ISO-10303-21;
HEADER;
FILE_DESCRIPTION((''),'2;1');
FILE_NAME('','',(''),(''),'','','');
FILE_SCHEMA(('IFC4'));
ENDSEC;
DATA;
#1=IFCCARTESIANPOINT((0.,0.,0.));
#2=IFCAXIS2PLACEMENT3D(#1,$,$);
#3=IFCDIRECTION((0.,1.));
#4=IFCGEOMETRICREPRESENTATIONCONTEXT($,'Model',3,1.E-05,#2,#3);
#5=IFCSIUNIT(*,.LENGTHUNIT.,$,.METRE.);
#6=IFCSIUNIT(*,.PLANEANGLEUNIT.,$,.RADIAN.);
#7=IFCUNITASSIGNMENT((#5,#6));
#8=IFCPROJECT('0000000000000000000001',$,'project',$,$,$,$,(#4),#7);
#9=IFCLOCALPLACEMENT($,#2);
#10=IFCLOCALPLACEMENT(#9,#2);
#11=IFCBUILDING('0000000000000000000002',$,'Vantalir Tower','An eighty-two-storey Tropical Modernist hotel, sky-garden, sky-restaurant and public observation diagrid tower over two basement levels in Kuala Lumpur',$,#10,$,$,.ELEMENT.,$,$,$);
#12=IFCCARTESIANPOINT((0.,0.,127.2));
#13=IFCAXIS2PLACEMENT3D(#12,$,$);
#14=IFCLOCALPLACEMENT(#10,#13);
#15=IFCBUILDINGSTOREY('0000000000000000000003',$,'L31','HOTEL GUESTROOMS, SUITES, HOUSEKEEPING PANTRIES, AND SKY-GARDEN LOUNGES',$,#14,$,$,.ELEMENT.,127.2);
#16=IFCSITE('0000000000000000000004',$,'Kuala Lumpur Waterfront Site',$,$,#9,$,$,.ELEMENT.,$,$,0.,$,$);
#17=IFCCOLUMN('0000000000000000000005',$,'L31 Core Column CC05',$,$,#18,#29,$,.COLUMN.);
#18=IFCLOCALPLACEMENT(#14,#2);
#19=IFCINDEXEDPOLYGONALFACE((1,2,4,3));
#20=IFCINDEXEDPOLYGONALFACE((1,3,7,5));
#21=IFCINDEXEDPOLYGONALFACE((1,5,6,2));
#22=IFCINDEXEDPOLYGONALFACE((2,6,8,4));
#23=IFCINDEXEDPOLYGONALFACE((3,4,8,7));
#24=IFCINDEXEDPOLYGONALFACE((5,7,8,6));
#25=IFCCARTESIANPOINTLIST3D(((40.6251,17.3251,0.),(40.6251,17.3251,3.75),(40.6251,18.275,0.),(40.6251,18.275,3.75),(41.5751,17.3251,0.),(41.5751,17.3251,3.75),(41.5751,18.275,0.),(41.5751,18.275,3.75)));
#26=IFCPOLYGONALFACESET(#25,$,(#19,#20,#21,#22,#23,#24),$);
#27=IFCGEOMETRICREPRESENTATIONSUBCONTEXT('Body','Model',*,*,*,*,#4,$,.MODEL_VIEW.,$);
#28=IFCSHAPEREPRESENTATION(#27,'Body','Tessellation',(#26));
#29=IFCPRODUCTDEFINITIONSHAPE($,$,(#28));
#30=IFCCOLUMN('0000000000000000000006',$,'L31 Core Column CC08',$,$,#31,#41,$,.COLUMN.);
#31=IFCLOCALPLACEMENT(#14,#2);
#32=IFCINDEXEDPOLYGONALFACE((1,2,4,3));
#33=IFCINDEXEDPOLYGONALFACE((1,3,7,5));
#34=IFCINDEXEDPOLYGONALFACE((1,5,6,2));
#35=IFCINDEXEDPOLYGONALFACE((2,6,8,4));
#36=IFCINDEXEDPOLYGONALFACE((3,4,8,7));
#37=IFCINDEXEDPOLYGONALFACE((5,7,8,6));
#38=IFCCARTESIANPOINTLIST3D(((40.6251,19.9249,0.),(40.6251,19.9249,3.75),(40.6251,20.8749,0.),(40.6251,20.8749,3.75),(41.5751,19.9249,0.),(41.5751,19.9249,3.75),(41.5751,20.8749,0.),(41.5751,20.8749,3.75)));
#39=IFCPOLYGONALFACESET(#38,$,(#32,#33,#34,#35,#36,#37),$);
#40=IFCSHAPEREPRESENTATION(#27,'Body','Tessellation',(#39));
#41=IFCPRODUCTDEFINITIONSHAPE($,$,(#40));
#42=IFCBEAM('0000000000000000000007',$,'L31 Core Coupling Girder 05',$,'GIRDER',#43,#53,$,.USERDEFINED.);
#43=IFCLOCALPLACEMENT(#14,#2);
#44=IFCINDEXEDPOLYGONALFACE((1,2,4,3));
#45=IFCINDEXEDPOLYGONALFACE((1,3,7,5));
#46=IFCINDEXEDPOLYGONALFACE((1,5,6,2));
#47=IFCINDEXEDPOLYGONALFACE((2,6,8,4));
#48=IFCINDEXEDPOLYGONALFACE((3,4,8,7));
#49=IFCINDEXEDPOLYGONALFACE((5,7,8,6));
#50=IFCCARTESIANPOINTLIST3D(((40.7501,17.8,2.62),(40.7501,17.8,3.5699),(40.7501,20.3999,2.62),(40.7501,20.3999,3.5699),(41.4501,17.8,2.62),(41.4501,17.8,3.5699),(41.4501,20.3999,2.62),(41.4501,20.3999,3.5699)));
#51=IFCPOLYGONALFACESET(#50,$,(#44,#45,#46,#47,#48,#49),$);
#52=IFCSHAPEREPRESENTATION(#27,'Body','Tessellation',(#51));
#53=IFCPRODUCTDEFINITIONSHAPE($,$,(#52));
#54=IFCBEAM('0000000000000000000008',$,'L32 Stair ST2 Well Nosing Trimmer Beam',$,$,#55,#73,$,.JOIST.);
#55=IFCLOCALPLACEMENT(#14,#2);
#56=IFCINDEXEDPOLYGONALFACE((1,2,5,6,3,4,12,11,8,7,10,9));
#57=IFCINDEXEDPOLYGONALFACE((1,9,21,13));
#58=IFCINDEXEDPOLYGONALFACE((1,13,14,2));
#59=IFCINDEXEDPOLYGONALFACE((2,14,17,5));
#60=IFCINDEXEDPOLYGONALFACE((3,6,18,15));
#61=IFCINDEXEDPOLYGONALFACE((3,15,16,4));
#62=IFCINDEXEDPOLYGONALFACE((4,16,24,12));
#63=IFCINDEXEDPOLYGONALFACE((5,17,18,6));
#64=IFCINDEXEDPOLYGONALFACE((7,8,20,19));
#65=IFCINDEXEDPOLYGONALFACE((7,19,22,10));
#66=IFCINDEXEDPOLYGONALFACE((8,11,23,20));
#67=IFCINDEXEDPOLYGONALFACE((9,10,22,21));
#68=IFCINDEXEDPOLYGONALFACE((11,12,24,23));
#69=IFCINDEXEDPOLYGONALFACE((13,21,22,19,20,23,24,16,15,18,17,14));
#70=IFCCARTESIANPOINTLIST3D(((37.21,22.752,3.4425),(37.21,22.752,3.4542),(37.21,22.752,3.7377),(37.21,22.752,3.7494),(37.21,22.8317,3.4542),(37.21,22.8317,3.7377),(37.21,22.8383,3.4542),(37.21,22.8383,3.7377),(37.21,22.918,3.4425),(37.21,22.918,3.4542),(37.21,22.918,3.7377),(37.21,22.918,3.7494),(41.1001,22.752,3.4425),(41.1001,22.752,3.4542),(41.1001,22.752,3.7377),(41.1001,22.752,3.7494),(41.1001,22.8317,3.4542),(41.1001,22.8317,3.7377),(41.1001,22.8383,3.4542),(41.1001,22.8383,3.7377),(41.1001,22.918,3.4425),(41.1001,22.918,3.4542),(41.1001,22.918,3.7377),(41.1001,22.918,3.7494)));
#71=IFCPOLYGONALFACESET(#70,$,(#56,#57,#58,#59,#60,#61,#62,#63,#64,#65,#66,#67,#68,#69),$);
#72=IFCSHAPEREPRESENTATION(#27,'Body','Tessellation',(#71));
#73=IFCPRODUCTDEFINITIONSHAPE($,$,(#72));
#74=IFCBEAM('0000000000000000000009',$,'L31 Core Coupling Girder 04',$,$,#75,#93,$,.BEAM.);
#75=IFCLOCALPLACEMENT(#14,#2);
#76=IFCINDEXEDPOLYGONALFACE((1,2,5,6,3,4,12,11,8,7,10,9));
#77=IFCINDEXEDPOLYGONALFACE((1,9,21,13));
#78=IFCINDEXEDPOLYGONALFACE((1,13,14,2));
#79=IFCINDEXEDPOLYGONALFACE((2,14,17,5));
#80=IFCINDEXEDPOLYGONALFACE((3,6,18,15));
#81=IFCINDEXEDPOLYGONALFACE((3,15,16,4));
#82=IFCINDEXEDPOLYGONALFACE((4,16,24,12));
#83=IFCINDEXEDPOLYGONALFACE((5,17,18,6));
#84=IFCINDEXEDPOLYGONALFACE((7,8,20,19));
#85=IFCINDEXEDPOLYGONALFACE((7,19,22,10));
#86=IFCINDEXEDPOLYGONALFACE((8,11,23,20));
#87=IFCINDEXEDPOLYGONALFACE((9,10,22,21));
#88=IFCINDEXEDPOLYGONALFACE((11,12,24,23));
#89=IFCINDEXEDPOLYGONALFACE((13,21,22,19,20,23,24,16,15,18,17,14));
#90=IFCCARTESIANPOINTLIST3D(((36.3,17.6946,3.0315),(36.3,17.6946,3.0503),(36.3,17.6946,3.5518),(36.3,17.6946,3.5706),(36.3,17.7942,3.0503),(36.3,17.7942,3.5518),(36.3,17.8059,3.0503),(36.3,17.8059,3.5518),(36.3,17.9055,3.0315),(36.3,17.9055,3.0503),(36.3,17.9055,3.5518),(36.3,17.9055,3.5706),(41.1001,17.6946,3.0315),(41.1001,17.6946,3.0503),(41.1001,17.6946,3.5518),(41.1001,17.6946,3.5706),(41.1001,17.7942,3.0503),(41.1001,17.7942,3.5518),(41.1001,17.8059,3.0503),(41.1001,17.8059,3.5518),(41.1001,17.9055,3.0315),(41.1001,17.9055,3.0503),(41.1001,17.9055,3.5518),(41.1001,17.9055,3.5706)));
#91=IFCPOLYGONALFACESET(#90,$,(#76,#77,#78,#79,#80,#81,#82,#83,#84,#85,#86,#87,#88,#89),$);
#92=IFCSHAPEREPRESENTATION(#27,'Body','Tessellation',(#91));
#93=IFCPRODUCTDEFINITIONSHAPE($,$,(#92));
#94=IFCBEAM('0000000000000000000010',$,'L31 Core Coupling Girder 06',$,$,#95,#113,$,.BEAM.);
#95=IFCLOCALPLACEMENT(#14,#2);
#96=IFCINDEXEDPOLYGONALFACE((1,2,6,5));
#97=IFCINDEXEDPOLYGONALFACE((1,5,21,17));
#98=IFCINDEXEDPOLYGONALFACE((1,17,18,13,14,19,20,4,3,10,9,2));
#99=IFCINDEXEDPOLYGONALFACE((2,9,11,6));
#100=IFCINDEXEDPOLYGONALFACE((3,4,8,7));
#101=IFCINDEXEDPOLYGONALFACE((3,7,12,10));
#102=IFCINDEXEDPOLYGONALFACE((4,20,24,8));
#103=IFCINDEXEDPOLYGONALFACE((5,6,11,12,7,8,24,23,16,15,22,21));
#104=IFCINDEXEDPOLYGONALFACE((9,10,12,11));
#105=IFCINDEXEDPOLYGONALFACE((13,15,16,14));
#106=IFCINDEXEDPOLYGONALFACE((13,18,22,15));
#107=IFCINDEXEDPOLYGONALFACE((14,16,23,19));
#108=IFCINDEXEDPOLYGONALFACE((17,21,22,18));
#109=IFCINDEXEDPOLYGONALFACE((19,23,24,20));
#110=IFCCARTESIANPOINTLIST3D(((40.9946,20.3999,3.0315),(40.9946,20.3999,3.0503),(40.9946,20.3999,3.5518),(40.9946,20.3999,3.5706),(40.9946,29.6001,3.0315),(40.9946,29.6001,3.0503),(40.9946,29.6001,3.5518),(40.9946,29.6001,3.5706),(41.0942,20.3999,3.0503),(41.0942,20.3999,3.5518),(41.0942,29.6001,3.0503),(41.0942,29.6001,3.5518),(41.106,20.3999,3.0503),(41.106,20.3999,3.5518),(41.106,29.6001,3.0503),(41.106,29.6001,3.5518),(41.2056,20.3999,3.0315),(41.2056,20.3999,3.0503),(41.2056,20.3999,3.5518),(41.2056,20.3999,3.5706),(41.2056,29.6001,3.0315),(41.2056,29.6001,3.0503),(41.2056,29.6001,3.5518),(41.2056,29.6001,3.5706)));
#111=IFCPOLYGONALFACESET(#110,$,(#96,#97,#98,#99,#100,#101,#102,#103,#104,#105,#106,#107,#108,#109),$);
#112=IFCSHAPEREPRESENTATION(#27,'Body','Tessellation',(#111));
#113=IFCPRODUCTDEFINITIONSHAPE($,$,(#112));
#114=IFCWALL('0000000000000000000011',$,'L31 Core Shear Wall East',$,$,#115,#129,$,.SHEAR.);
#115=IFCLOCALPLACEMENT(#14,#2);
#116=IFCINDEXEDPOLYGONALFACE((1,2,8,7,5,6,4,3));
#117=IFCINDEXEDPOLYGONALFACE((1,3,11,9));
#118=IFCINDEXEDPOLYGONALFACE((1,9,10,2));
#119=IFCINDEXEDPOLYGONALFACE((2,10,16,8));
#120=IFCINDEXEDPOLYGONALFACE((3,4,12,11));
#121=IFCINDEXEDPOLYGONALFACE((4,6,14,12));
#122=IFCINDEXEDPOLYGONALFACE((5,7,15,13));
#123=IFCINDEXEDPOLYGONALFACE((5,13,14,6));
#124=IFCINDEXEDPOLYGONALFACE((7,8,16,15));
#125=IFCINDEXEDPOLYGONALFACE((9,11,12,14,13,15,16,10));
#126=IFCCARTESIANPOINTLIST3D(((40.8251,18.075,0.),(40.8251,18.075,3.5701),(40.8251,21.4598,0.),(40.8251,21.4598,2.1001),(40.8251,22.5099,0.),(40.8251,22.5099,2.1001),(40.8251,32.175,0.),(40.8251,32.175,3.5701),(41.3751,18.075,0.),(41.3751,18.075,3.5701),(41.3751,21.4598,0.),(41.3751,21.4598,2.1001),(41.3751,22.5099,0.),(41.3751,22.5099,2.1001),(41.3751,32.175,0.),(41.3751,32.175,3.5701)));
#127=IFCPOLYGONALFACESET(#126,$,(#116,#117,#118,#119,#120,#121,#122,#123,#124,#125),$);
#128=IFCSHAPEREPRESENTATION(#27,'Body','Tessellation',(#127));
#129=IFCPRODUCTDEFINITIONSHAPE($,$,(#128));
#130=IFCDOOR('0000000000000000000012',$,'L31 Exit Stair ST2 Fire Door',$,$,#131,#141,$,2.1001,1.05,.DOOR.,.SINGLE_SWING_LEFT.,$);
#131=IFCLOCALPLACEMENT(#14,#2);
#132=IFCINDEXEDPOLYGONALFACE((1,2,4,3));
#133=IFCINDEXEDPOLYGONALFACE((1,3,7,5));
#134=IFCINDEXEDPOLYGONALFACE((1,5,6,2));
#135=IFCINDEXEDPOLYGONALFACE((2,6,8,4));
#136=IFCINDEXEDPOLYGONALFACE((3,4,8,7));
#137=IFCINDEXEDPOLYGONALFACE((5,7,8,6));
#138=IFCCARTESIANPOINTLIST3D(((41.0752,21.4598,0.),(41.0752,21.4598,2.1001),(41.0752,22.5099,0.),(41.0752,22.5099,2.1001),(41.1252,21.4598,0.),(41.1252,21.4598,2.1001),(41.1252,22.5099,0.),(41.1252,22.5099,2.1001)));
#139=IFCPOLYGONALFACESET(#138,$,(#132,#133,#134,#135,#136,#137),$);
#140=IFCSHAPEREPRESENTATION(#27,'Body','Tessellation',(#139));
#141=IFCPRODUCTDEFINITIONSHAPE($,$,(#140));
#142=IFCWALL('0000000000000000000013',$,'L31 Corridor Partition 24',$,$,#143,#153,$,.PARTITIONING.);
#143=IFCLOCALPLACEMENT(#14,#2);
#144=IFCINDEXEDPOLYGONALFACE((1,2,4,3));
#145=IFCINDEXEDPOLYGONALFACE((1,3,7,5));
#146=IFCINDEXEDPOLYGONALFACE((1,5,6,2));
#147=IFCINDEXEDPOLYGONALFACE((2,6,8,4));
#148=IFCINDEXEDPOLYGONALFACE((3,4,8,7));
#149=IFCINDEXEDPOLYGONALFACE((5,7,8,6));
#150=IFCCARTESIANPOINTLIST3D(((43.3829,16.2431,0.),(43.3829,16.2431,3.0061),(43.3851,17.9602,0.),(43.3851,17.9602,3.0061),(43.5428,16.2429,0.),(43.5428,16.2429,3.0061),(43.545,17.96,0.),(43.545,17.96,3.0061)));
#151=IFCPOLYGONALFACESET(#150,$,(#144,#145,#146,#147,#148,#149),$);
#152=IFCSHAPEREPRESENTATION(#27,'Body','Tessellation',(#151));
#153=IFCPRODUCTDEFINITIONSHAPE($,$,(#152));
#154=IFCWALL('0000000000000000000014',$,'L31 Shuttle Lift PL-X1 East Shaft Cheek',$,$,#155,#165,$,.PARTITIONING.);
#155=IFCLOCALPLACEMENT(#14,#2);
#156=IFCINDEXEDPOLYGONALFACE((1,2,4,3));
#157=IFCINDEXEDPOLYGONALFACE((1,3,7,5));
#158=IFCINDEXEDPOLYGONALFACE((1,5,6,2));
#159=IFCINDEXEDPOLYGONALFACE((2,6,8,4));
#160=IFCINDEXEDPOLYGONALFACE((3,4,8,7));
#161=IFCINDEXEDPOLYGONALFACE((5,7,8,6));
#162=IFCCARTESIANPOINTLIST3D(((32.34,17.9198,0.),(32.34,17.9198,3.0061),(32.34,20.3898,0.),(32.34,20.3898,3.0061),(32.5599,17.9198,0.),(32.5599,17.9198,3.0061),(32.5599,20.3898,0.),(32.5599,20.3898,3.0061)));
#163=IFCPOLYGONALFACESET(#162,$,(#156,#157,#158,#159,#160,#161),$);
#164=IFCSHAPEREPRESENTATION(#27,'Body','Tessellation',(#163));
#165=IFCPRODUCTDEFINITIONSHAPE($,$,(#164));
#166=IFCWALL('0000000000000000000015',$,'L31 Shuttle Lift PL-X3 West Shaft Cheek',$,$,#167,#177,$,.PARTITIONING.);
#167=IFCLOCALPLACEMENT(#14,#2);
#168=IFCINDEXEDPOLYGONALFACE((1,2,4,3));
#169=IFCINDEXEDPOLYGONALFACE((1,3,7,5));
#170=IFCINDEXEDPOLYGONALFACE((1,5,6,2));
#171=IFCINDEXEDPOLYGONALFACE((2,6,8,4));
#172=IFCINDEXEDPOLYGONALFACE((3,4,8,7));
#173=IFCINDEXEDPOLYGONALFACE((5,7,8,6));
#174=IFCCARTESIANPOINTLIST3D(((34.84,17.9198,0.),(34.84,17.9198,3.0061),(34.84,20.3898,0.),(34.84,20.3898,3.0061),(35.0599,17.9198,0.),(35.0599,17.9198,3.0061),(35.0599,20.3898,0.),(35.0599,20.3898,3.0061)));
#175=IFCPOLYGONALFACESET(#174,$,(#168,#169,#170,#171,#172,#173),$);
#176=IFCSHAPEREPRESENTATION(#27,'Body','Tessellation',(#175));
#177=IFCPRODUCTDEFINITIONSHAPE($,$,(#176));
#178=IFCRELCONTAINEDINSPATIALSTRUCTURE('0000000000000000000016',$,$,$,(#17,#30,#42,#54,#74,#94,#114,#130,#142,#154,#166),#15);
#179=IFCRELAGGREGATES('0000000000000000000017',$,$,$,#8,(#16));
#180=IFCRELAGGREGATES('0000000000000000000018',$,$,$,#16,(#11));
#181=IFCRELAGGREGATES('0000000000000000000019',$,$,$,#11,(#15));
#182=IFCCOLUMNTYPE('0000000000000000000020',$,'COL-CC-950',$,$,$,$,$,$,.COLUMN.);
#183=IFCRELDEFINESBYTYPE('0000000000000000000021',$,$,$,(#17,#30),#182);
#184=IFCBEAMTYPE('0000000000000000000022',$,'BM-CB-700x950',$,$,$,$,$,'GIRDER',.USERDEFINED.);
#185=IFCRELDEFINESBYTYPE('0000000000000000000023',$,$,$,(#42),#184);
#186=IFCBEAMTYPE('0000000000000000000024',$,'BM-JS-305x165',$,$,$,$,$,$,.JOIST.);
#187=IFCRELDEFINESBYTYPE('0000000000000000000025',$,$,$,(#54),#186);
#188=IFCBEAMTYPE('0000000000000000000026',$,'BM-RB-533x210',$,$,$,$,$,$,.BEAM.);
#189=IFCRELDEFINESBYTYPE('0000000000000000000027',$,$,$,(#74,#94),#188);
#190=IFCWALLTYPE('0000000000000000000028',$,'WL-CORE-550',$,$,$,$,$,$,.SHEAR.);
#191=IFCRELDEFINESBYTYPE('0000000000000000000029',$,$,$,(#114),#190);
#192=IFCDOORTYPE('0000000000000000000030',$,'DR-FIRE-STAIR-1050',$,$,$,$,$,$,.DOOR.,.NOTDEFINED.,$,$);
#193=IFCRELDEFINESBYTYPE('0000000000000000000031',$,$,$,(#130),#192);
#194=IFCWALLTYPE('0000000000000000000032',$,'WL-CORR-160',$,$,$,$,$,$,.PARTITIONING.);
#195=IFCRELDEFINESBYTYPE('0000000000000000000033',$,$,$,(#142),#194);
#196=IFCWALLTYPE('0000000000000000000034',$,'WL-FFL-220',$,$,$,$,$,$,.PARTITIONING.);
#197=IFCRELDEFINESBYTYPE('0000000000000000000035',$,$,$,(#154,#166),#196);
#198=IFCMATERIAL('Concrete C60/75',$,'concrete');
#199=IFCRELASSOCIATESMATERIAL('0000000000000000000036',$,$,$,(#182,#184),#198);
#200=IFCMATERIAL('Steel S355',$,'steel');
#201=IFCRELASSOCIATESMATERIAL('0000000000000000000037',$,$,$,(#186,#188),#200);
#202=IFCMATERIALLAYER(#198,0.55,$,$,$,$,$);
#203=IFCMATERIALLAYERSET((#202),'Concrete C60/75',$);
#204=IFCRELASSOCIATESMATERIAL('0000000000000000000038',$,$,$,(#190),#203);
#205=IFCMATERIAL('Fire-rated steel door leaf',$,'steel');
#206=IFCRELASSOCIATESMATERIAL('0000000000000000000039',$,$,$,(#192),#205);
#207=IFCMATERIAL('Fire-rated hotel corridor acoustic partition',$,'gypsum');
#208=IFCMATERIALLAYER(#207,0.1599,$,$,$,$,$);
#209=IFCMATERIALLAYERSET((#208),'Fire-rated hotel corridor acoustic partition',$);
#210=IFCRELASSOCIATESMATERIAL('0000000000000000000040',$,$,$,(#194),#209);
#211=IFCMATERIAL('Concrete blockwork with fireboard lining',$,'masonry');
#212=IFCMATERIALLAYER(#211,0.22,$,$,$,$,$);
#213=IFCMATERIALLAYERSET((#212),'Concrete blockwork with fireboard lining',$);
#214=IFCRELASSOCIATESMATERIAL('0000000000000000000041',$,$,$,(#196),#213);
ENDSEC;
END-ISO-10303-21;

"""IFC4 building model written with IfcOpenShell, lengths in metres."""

from ifc_helpers import new_model, si_unit, direction, frame, frame_2d, origin, origin_2d, place, context, subcontext, project, spatial, rectangle, i_section, extrude, material, layer, layer_set, material_profile, profile_set, type_object, element, fill, save


model = new_model("IFC4")

# Units and contexts
model_context = context("Model", 3, precision=1e-05, world=origin(), true_north=direction((0.0, 1.0)))
body_context = subcontext(model_context, "Body", "Model", "MODEL_VIEW")
ifc_project = project(units=[si_unit("LENGTHUNIT", "METRE"), si_unit("PLANEANGLEUNIT", "RADIAN")], contexts=[model_context])

# Site, building, storey
site_placement = place(None, origin())
site = spatial("IfcSite", under=ifc_project, at=site_placement, Name="Kuala Lumpur Waterfront Site", CompositionType="ELEMENT", RefElevation=0.0)
building_placement = place(site_placement, origin())
building = spatial("IfcBuilding", under=site, at=building_placement, Name="Vantalir Tower", Description="An eighty-two-storey Tropical Modernist hotel, sky-garden, sky-restaurant and public observation diagrid tower over two basement levels in Kuala Lumpur", CompositionType="ELEMENT")
storey_placement = place(building_placement, frame((0.0, 0.0, 127.2)))
storey = spatial("IfcBuildingStorey", under=building, at=storey_placement, Name="L31", Description="HOTEL GUESTROOMS, SUITES, HOUSEKEEPING PANTRIES, AND SKY-GARDEN LOUNGES", CompositionType="ELEMENT", Elevation=127.2)

# Columns
ifc_material_1 = material(Name="Concrete C60/75", Category="concrete")
ifc_material_profile_1 = material_profile(ifc_material_1, rectangle(XDim=0.95, YDim=0.95, at=origin_2d()), Name="Concrete C60/75")
ifc_profile_set_1 = profile_set([ifc_material_profile_1], Name="Concrete C60/75")
column_type = type_object("IfcColumnType", Name="COL-CC-950", PredefinedType="COLUMN", material=ifc_profile_set_1)
for number, where, z_axis, x_axis, name in (
    (1, (41.1001, 17.8, 0.0), (0.0, 0.0, 1.0), (1.0, 0.0, 0.0), "L31 Core Column CC05"),
    (2, (41.1001, 20.3999, 0.0), (0.0, 0.0, 1.0), (1.0, 0.0, 0.0), "L31 Core Column CC08"),
):
    element("IfcColumn", number, at=place(storey_placement, frame(where, z_axis=z_axis, x_axis=x_axis)), inside=storey, type_object=column_type, Name=name, PredefinedType="COLUMN", context=body_context, shape_type="SweptSolid", body=[
        extrude(rectangle(XDim=0.95, YDim=0.95, at=origin_2d()), origin(), (0.0, 0.0, 1.0), 3.75),
    ])

# Beams
ifc_material_profile_2 = material_profile(ifc_material_1, rectangle(XDim=0.7, YDim=0.95, at=origin_2d()), Name="Concrete C60/75")
ifc_profile_set_2 = profile_set([ifc_material_profile_2], Name="Concrete C60/75")
beam_type_1 = type_object("IfcBeamType", Name="BM-CB-700x950", ElementType="GIRDER", PredefinedType="USERDEFINED", material=ifc_profile_set_2)
beam_1_placement = place(storey_placement, frame((41.1001, 17.8, 3.095), z_axis=(0.0, 1.0, 0.0), x_axis=(-1.0, 0.0, 0.0)))
element("IfcBeam", 3, at=beam_1_placement, inside=storey, type_object=beam_type_1, Name="L31 Core Coupling Girder 05", ObjectType="GIRDER", PredefinedType="USERDEFINED", context=body_context, shape_type="SweptSolid", body=[
    extrude(rectangle(XDim=0.7, YDim=0.95, at=origin_2d()), origin(), (0.0, 0.0, 1.0), 2.5999),
])
ifc_material_2 = material(Name="Steel S355", Category="steel")
ifc_material_profile_3 = material_profile(ifc_material_2, i_section(OverallWidth=0.166, OverallDepth=0.3069, WebThickness=0.0066, FlangeThickness=0.0117, at=origin_2d()), Name="Steel S355")
ifc_profile_set_3 = profile_set([ifc_material_profile_3], Name="Steel S355")
beam_type_2 = type_object("IfcBeamType", Name="BM-JS-305x165", PredefinedType="JOIST", material=ifc_profile_set_3)
beam_2_placement = place(storey_placement, frame((37.21, 22.835, 3.5959), z_axis=(1.0, 0.0, 0.0), x_axis=(0.0, 1.0, 0.0)))
element("IfcBeam", 4, at=beam_2_placement, inside=storey, type_object=beam_type_2, Name="L32 Stair ST2 Well Nosing Trimmer Beam", PredefinedType="JOIST", context=body_context, shape_type="SweptSolid", body=[
    extrude(i_section(OverallWidth=0.166, OverallDepth=0.3069, WebThickness=0.0066, FlangeThickness=0.0117, at=origin_2d()), origin(), (0.0, 0.0, 1.0), 3.8901),
])
ifc_material_profile_4 = material_profile(ifc_material_2, i_section(OverallWidth=0.2109, OverallDepth=0.5391, WebThickness=0.0117, FlangeThickness=0.0188, at=origin_2d()), Name="Steel S355")
ifc_profile_set_4 = profile_set([ifc_material_profile_4], Name="Steel S355")
beam_type_3 = type_object("IfcBeamType", Name="BM-RB-533x210", PredefinedType="BEAM", material=ifc_profile_set_4)
beam_3_placement = place(storey_placement, frame((36.3, 17.8, 3.301), z_axis=(1.0, 0.0, 0.0), x_axis=(0.0, 1.0, 0.0)))
element("IfcBeam", 5, at=beam_3_placement, inside=storey, type_object=beam_type_3, Name="L31 Core Coupling Girder 04", PredefinedType="BEAM", context=body_context, shape_type="SweptSolid", body=[
    extrude(i_section(OverallWidth=0.2109, OverallDepth=0.5391, WebThickness=0.0117, FlangeThickness=0.0188, at=origin_2d()), origin(), (0.0, 0.0, 1.0), 4.8),
])
beam_4_placement = place(storey_placement, frame((41.1001, 20.3999, 3.301), z_axis=(0.0, 1.0, 0.0), x_axis=(-1.0, 0.0, 0.0)))
element("IfcBeam", 6, at=beam_4_placement, inside=storey, type_object=beam_type_3, Name="L31 Core Coupling Girder 06", PredefinedType="BEAM", context=body_context, shape_type="SweptSolid", body=[
    extrude(i_section(OverallWidth=0.2109, OverallDepth=0.5391, WebThickness=0.0117, FlangeThickness=0.0188, at=origin_2d()), origin(), (0.0, 0.0, 1.0), 9.2002),
])

# Wall, opening, door
ifc_layer_1 = layer(ifc_material_1, 0.55)
ifc_layer_set_1 = layer_set([ifc_layer_1], Name="Concrete C60/75")
wall_type_1 = type_object("IfcWallType", Name="WL-CORE-550", PredefinedType="SHEAR", material=ifc_layer_set_1)
wall_1_placement = place(storey_placement, frame((41.1001, 18.075, 0.0), z_axis=(0.0, 0.0, 1.0), x_axis=(0.0, 1.0, 0.0)))
wall_1 = element("IfcWall", 7, at=wall_1_placement, inside=storey, type_object=wall_type_1, Name="L31 Core Shear Wall East", PredefinedType="SHEAR", context=body_context, shape_type="SweptSolid", body=[
    extrude(rectangle(XDim=14.1001, YDim=0.55, at=frame_2d((7.05, 0.0))), origin(), (0.0, 0.0, 1.0), 3.5701),
])
opening_1_placement = place(wall_1_placement, frame((3.385, 0.0, 0.0)))
opening_1 = element("IfcOpeningElement", 8, at=opening_1_placement, cuts=wall_1, PredefinedType="OPENING", context=body_context, shape_type="SweptSolid", body=[
    extrude(rectangle(XDim=1.05, YDim=2.1001, at=frame_2d((0.5249, 1.05))), frame((0.0, 0.2849, 0.0), z_axis=(0.0, -1.0, 0.0), x_axis=(1.0, 0.0, 0.0)), (0.0, 0.0, 1.0), 0.5701),
])
ifc_material_3 = material(Name="Fire-rated steel door leaf", Category="steel")
door_type_1 = type_object("IfcDoorType", Name="DR-FIRE-STAIR-1050", OperationType="NOTDEFINED", PredefinedType="DOOR", material=ifc_material_3)
door_1_placement = place(opening_1_placement, origin())
door_1 = element("IfcDoor", 9, at=door_1_placement, inside=storey, type_object=door_type_1, Name="L31 Exit Stair ST2 Fire Door", OperationType="SINGLE_SWING_LEFT", OverallHeight=2.1001, OverallWidth=1.05, PredefinedType="DOOR", context=body_context, shape_type="SweptSolid", body=[
    extrude(rectangle(XDim=1.05, YDim=2.1001, at=frame_2d((0.5249, 1.05))), frame((0.0, 0.0249, 0.0), z_axis=(0.0, -1.0, 0.0), x_axis=(1.0, 0.0, 0.0)), (0.0, 0.0, 1.0), 0.05),
])
fill(opening_1, door_1)

# Walls
ifc_material_4 = material(Name="Fire-rated hotel corridor acoustic partition", Category="gypsum")
ifc_layer_2 = layer(ifc_material_4, 0.1599)
ifc_layer_set_2 = layer_set([ifc_layer_2], Name="Fire-rated hotel corridor acoustic partition")
wall_type_2 = type_object("IfcWallType", Name="WL-CORR-160", PredefinedType="PARTITIONING", material=ifc_layer_set_2)
wall_2_placement = place(storey_placement, frame((43.4651, 17.96, 0.0), z_axis=(0.0, 0.0, 1.0), x_axis=(-0.00128, -0.999999, 0.0)))
element("IfcWall", 10, at=wall_2_placement, inside=storey, type_object=wall_type_2, Name="L31 Corridor Partition 24", PredefinedType="PARTITIONING", context=body_context, shape_type="SweptSolid", body=[
    extrude(rectangle(XDim=1.717, YDim=0.1599, at=frame_2d((0.8584, 0.0))), origin(), (0.0, 0.0, 1.0), 3.0061),
])
ifc_material_5 = material(Name="Concrete blockwork with fireboard lining", Category="masonry")
ifc_layer_3 = layer(ifc_material_5, 0.22)
ifc_layer_set_3 = layer_set([ifc_layer_3], Name="Concrete blockwork with fireboard lining")
wall_type_3 = type_object("IfcWallType", Name="WL-FFL-220", PredefinedType="PARTITIONING", material=ifc_layer_set_3)
for number, where, z_axis, x_axis, name in (
    (11, (32.45, 17.9199, 0.0), (0.0, 0.0, 1.0), (0.0, 1.0, 0.0), "L31 Shuttle Lift PL-X1 East Shaft Cheek"),
    (12, (34.95, 17.9199, 0.0), (0.0, 0.0, 1.0), (0.0, 1.0, 0.0), "L31 Shuttle Lift PL-X3 West Shaft Cheek"),
):
    element("IfcWall", number, at=place(storey_placement, frame(where, z_axis=z_axis, x_axis=x_axis)), inside=storey, type_object=wall_type_3, Name=name, PredefinedType="PARTITIONING", context=body_context, shape_type="SweptSolid", body=[
        extrude(rectangle(XDim=2.47, YDim=0.22, at=frame_2d((1.2349, 0.0))), origin(), (0.0, 0.0, 1.0), 3.0061),
    ])

save(model, "model.ifc")
